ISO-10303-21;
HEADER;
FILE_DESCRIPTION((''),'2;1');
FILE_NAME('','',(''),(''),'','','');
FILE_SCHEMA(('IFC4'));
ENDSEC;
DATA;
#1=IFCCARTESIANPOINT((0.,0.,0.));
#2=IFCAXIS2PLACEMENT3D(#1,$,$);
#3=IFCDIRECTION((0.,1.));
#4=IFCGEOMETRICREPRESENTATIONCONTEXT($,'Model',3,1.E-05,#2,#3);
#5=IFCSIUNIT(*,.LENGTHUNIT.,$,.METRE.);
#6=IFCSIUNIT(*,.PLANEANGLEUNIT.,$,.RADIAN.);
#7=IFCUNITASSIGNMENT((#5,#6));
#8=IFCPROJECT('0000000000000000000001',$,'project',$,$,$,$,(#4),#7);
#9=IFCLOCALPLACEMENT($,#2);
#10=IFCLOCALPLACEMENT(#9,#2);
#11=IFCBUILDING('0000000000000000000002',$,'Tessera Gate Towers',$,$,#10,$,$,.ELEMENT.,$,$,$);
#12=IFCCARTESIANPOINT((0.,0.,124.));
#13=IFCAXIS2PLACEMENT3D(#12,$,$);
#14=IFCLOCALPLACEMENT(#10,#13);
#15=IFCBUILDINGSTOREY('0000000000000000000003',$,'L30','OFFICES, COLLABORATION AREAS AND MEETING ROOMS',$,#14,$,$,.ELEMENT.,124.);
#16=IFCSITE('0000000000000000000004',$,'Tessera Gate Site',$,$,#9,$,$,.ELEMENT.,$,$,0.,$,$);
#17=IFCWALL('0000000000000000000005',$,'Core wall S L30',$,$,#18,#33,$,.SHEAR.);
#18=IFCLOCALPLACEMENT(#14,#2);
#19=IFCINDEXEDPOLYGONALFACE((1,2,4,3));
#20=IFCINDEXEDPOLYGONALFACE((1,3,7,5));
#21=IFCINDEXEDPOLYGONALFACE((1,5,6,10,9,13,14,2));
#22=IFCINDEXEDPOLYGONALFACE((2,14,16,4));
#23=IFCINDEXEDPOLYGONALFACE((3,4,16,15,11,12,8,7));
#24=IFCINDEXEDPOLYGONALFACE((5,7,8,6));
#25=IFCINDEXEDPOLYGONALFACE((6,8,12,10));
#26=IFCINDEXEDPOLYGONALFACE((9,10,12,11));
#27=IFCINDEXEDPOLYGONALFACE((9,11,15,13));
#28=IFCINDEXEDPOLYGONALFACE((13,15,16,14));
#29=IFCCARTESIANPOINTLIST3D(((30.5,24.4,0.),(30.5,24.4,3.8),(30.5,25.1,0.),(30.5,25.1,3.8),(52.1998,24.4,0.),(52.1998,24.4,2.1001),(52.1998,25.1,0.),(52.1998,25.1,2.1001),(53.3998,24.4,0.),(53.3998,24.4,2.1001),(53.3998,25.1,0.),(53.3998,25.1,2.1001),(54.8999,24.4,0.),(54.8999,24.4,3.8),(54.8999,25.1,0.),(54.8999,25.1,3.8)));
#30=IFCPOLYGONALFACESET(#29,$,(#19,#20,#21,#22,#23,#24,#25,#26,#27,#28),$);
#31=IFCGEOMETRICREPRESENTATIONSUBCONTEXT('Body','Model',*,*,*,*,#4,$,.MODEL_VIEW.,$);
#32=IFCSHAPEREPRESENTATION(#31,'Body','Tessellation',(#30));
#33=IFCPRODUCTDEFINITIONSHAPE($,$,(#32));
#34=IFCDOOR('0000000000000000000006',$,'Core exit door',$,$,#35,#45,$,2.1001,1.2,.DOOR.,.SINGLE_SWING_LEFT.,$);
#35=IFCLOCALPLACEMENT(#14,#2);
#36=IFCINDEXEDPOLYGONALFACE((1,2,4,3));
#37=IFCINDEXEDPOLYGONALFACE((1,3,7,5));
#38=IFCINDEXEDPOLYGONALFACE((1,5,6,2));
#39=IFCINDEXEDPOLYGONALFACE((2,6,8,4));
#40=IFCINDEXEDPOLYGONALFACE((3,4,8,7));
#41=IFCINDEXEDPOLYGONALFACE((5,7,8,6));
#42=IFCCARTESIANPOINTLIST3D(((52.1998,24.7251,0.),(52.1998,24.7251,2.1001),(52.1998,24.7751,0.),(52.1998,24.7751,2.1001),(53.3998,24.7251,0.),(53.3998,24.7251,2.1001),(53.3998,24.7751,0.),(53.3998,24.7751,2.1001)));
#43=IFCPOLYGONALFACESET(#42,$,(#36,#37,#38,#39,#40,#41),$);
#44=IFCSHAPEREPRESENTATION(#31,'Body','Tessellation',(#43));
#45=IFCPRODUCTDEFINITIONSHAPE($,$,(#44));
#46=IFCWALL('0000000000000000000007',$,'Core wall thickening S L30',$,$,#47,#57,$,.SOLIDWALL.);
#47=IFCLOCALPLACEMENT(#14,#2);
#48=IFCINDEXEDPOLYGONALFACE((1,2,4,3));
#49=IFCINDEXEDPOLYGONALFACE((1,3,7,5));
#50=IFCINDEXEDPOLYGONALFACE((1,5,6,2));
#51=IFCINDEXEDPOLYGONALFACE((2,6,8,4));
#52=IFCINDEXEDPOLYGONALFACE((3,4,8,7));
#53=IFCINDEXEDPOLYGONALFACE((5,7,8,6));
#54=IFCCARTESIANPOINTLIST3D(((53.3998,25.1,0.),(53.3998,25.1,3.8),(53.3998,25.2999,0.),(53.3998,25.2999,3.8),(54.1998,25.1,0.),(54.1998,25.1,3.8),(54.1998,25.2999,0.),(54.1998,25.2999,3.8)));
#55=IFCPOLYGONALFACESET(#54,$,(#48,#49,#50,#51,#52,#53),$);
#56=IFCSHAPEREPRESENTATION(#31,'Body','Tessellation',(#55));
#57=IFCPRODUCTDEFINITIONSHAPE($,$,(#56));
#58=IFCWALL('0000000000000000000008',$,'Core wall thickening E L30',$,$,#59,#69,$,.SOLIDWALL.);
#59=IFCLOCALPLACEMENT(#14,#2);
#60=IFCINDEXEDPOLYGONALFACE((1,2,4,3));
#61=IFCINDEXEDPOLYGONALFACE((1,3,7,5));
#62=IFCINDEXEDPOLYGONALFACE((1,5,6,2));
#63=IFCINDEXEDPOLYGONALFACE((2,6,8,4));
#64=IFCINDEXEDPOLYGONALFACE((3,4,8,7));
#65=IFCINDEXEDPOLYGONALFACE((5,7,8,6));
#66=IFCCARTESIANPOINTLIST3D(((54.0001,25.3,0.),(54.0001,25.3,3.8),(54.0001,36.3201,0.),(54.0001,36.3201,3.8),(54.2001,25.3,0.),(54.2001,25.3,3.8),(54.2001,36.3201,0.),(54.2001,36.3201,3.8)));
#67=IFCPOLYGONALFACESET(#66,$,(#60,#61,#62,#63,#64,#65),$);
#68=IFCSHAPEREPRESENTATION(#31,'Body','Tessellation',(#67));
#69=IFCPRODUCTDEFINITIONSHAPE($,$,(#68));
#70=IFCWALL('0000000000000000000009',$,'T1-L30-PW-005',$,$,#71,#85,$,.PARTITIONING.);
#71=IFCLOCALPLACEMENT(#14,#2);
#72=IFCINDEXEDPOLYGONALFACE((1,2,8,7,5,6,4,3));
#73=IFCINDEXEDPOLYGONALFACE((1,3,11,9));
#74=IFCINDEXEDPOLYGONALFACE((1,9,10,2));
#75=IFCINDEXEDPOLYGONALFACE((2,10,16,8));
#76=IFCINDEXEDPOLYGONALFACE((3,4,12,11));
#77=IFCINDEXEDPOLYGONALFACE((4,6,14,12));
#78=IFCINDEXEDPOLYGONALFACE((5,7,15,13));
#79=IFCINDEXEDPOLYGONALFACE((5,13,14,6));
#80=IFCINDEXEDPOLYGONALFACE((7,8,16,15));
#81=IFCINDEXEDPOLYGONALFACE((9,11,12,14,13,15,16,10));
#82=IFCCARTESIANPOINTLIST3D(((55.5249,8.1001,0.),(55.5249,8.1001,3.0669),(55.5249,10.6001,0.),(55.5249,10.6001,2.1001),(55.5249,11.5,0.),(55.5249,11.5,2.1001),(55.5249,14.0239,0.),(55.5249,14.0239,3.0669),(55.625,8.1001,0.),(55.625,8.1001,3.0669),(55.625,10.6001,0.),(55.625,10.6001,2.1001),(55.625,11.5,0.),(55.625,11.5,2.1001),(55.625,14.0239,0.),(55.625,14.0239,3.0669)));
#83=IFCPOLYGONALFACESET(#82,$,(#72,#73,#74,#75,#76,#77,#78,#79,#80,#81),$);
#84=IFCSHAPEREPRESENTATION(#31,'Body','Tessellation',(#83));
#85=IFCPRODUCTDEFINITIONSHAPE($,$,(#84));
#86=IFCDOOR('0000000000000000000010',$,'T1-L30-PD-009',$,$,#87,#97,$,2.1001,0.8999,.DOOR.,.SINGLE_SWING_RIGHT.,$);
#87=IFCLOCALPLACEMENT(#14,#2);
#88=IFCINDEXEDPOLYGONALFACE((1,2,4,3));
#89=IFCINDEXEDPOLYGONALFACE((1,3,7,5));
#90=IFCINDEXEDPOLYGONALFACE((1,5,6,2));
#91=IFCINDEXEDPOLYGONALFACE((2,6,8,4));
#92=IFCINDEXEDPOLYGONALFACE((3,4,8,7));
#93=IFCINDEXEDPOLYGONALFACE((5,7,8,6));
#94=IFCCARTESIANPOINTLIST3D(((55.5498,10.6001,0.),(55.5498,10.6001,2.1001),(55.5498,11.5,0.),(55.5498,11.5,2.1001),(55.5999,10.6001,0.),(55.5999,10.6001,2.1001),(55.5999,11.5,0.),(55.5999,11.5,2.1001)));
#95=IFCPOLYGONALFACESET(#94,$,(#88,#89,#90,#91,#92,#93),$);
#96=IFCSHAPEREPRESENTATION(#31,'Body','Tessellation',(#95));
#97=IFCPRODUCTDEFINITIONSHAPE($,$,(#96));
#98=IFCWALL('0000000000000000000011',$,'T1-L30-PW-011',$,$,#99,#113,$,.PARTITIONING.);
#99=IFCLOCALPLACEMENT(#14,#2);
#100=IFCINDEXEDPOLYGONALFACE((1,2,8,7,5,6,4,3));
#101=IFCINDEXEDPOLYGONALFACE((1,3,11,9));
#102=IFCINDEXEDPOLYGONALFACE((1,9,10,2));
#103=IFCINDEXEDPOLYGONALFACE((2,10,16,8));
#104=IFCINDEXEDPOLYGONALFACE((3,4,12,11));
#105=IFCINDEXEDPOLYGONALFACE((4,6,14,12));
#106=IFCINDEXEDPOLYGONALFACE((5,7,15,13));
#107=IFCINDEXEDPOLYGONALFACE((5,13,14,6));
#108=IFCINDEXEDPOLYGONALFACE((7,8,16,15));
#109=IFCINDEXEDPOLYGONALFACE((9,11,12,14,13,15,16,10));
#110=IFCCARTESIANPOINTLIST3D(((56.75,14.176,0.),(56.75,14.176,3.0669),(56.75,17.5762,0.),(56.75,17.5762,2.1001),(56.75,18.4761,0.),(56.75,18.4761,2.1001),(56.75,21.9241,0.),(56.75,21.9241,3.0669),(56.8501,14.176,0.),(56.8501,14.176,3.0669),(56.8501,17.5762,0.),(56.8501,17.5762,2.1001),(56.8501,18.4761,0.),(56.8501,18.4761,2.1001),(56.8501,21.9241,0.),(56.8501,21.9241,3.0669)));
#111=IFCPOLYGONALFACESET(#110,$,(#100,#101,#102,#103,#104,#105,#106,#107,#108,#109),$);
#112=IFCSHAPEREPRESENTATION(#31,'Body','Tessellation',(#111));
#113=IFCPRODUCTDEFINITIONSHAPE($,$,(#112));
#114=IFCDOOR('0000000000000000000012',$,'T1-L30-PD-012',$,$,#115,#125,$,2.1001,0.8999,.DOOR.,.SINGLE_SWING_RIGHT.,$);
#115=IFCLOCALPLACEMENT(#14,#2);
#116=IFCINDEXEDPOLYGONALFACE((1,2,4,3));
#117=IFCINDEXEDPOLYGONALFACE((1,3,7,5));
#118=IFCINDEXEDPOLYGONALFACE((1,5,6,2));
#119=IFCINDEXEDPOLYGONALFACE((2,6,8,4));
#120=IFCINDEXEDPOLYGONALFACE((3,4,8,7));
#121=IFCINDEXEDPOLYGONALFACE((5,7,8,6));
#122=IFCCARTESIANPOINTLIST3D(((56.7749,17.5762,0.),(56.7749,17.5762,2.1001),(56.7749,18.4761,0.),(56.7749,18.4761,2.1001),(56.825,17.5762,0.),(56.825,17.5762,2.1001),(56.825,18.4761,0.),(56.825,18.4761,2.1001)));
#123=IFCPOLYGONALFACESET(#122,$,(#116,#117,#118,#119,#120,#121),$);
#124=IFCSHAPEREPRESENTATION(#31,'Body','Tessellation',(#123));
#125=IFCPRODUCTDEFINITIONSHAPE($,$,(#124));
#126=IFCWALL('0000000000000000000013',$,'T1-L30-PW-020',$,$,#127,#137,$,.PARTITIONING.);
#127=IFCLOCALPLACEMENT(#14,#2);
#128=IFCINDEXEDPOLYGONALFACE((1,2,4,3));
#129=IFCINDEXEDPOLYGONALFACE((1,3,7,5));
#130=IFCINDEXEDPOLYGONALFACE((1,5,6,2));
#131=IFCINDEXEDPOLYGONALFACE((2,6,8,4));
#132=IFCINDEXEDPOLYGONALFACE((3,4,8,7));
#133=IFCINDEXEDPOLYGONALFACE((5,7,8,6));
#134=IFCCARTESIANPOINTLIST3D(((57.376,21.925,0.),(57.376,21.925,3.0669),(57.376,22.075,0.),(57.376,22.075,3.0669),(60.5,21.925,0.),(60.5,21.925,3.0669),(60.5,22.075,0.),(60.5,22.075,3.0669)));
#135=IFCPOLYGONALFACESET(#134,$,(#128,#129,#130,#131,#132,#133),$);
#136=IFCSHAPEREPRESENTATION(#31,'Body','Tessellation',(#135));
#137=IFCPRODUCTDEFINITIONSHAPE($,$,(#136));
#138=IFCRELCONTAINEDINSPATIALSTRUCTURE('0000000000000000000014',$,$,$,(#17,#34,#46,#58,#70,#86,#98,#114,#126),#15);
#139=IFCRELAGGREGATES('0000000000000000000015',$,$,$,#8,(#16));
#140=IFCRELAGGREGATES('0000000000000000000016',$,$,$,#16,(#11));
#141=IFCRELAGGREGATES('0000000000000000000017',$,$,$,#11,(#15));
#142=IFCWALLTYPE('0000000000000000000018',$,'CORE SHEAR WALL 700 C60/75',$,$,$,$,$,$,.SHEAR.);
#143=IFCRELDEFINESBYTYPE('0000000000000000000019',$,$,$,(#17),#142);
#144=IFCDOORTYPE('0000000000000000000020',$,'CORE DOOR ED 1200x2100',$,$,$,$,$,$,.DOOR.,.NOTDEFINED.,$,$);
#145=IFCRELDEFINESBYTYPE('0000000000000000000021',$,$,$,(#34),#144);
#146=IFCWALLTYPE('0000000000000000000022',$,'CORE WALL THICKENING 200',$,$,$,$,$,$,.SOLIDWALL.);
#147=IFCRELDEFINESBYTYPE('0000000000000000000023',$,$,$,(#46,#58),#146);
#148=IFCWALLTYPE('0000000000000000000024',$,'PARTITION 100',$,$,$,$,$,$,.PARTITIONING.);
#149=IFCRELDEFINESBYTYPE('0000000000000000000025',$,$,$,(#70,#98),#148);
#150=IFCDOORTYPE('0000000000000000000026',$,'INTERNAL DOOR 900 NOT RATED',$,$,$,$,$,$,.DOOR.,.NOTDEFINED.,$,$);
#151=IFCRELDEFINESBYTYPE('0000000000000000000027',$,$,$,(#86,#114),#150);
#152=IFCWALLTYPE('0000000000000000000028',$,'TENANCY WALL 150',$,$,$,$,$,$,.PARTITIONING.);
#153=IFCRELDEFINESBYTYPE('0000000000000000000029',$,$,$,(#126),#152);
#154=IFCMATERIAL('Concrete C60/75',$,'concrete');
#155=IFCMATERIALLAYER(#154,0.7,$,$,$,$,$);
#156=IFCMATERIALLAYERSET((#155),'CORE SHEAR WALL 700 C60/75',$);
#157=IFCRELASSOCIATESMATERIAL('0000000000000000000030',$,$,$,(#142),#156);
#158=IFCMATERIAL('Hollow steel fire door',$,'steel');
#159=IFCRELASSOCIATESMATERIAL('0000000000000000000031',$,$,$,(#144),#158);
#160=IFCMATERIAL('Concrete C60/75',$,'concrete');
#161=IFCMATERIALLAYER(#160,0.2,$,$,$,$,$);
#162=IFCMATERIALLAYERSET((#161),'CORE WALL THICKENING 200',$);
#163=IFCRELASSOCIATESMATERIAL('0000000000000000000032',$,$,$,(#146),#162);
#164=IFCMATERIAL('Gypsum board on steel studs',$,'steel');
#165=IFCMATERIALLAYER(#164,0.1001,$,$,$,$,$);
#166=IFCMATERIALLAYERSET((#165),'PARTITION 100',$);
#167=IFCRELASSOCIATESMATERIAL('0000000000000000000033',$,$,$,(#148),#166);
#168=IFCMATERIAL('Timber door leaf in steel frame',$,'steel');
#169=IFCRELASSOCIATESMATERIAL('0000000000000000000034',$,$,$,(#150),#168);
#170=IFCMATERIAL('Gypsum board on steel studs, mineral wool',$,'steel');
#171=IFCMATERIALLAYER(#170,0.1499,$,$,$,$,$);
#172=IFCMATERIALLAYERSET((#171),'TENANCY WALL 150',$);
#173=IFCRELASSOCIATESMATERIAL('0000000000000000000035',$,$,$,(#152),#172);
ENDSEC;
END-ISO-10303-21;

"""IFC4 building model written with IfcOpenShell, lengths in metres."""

from ifc_helpers import new_model, si_unit, direction, frame, frame_2d, origin, place, context, subcontext, project, spatial, rectangle, extrude, source, transform, mapped, material, layer, layer_set, type_object, element, fill, save


model = new_model("IFC4")

# Units and contexts
model_context = context("Model", 3, precision=1e-05, world=origin(), true_north=direction((0.0, 1.0)))
body_context = subcontext(model_context, "Body", "Model", "MODEL_VIEW")
ifc_project = project(units=[si_unit("LENGTHUNIT", "METRE"), si_unit("PLANEANGLEUNIT", "RADIAN")], contexts=[model_context])

# Site, building, storey
site_placement = place(None, origin())
site = spatial("IfcSite", under=ifc_project, at=site_placement, Name="Tessera Gate Site", CompositionType="ELEMENT", RefElevation=0.0)
building_placement = place(site_placement, origin())
building = spatial("IfcBuilding", under=site, at=building_placement, Name="Tessera Gate Towers", CompositionType="ELEMENT")
storey_placement = place(building_placement, frame((0.0, 0.0, 124.0)))
storey = spatial("IfcBuildingStorey", under=building, at=storey_placement, Name="L30", Description="OFFICES, COLLABORATION AREAS AND MEETING ROOMS", CompositionType="ELEMENT", Elevation=124.0)

# Wall, opening, door
shared_shape_1 = source(origin(), body_context, "Body", "SweptSolid", [
    extrude(rectangle(XDim=1.2, YDim=2.1001, at=frame_2d((0.6001, 1.05))), frame((0.0, 0.0249, 0.0), z_axis=(0.0, -1.0, 0.0), x_axis=(1.0, 0.0, 0.0)), (0.0, 0.0, 1.0), 0.05),
])
ifc_material_1 = material(Name="Concrete C60/75", Category="concrete")
ifc_layer_1 = layer(ifc_material_1, 0.7)
ifc_layer_set_1 = layer_set([ifc_layer_1], Name="CORE SHEAR WALL 700 C60/75")
wall_type_1 = type_object("IfcWallType", Name="CORE SHEAR WALL 700 C60/75", PredefinedType="SHEAR", material=ifc_layer_set_1)
wall_1_placement = place(storey_placement, frame((54.8999, 24.75, 0.0), z_axis=(0.0, 0.0, 1.0), x_axis=(-1.0, 0.0, 0.0)))
wall_1 = element("IfcWall", 1, at=wall_1_placement, inside=storey, type_object=wall_type_1, Name="Core wall S L30", PredefinedType="SHEAR", context=body_context, shape_type="SweptSolid", body=[
    extrude(rectangle(XDim=24.3999, YDim=0.7, at=frame_2d((12.2, 0.0))), origin(), (0.0, 0.0, 1.0), 3.8),
])
shared_shape_2 = source(origin(), body_context, "Body", "SweptSolid", [
    extrude(rectangle(XDim=1.2, YDim=2.1001, at=frame_2d((0.6001, 1.05))), frame((0.0, 0.3599, 0.0), z_axis=(0.0, -1.0, 0.0), x_axis=(1.0, 0.0, 0.0)), (0.0, 0.0, 1.0), 0.72),
])
opening_1_placement = place(wall_1_placement, frame((1.5, 0.0, 0.0)))
opening_1 = element("IfcOpeningElement", 2, at=opening_1_placement, cuts=wall_1, PredefinedType="OPENING", context=body_context, shape_type="MappedRepresentation", body=[
    mapped(shared_shape_2, transform((0.0, 0.0, 0.0), scale=1.0)),
])
ifc_material_2 = material(Name="Hollow steel fire door", Category="steel")
door_type_1 = type_object("IfcDoorType", Name="CORE DOOR ED 1200x2100", OperationType="NOTDEFINED", PredefinedType="DOOR", material=ifc_material_2)
door_1_placement = place(opening_1_placement, origin())
door_1 = element("IfcDoor", 3, at=door_1_placement, inside=storey, type_object=door_type_1, Name="Core exit door", OperationType="SINGLE_SWING_LEFT", OverallHeight=2.1001, OverallWidth=1.2, PredefinedType="DOOR", context=body_context, shape_type="MappedRepresentation", body=[
    mapped(shared_shape_1, transform((0.0, 0.0, 0.0), scale=1.0)),
])
fill(opening_1, door_1)

# Walls
ifc_material_3 = material(Name="Concrete C60/75", Category="concrete")
ifc_layer_2 = layer(ifc_material_3, 0.2)
ifc_layer_set_2 = layer_set([ifc_layer_2], Name="CORE WALL THICKENING 200")
wall_type_2 = type_object("IfcWallType", Name="CORE WALL THICKENING 200", PredefinedType="SOLIDWALL", material=ifc_layer_set_2)
wall_2_placement = place(storey_placement, frame((53.3999, 25.2, 0.0), z_axis=(0.0, 0.0, 1.0), x_axis=(1.0, 0.0, 0.0)))
element("IfcWall", 4, at=wall_2_placement, inside=storey, type_object=wall_type_2, Name="Core wall thickening S L30", PredefinedType="SOLIDWALL", context=body_context, shape_type="SweptSolid", body=[
    extrude(rectangle(XDim=0.8, YDim=0.2, at=frame_2d((0.3999, 0.0))), origin(), (0.0, 0.0, 1.0), 3.8),
])
wall_3_placement = place(storey_placement, frame((54.1001, 25.3, 0.0), z_axis=(0.0, 0.0, 1.0), x_axis=(0.0, 1.0, 0.0)))
element("IfcWall", 5, at=wall_3_placement, inside=storey, type_object=wall_type_2, Name="Core wall thickening E L30", PredefinedType="SOLIDWALL", context=body_context, shape_type="SweptSolid", body=[
    extrude(rectangle(XDim=11.02, YDim=0.2, at=frame_2d((5.51, 0.0))), origin(), (0.0, 0.0, 1.0), 3.8),
])

# Walls, openings, doors
ifc_material_4 = material(Name="Gypsum board on steel studs", Category="steel")
ifc_layer_3 = layer(ifc_material_4, 0.1001)
ifc_layer_set_3 = layer_set([ifc_layer_3], Name="PARTITION 100")
wall_type_3 = type_object("IfcWallType", Name="PARTITION 100", PredefinedType="PARTITIONING", material=ifc_layer_set_3)
wall_4_placement = place(storey_placement, frame((55.575, 14.0239, 0.0), z_axis=(0.0, 0.0, 1.0), x_axis=(0.0, -1.0, 0.0)))
wall_4 = element("IfcWall", 6, at=wall_4_placement, inside=storey, type_object=wall_type_3, Name="T1-L30-PW-005", PredefinedType="PARTITIONING", context=body_context, shape_type="SweptSolid", body=[
    extrude(rectangle(XDim=5.9238, YDim=0.1001, at=frame_2d((2.9619, 0.0))), origin(), (0.0, 0.0, 1.0), 3.0669),
])
shared_shape_3 = source(origin(), body_context, "Body", "SweptSolid", [
    extrude(rectangle(XDim=0.8999, YDim=2.1001, at=frame_2d((0.45, 1.05))), frame((0.0, 0.0601, 0.0), z_axis=(0.0, -1.0, 0.0), x_axis=(1.0, 0.0, 0.0)), (0.0, 0.0, 1.0), 0.1201),
])
opening_2_placement = place(wall_4_placement, frame((2.5239, 0.0, 0.0)))
opening_2 = element("IfcOpeningElement", 7, at=opening_2_placement, cuts=wall_4, PredefinedType="OPENING", context=body_context, shape_type="MappedRepresentation", body=[
    mapped(shared_shape_3, transform((0.0, 0.0, 0.0), scale=1.0)),
])
ifc_material_5 = material(Name="Timber door leaf in steel frame", Category="steel")
door_type_2 = type_object("IfcDoorType", Name="INTERNAL DOOR 900 NOT RATED", OperationType="NOTDEFINED", PredefinedType="DOOR", material=ifc_material_5)
shared_shape_4 = source(origin(), body_context, "Body", "SweptSolid", [
    extrude(rectangle(XDim=0.8999, YDim=2.1001, at=frame_2d((0.45, 1.05))), frame((0.0, 0.0249, 0.0), z_axis=(0.0, -1.0, 0.0), x_axis=(1.0, 0.0, 0.0)), (0.0, 0.0, 1.0), 0.05),
])
door_2_placement = place(opening_2_placement, origin())
door_2 = element("IfcDoor", 8, at=door_2_placement, inside=storey, type_object=door_type_2, Name="T1-L30-PD-009", OperationType="SINGLE_SWING_RIGHT", OverallHeight=2.1001, OverallWidth=0.8999, PredefinedType="DOOR", context=body_context, shape_type="MappedRepresentation", body=[
    mapped(shared_shape_4, transform((0.0, 0.0, 0.0), scale=1.0)),
])
fill(opening_2, door_2)
wall_5_placement = place(storey_placement, frame((56.8, 21.9241, 0.0), z_axis=(0.0, 0.0, 1.0), x_axis=(0.0, -1.0, 0.0)))
wall_5 = element("IfcWall", 9, at=wall_5_placement, inside=storey, type_object=wall_type_3, Name="T1-L30-PW-011", PredefinedType="PARTITIONING", context=body_context, shape_type="SweptSolid", body=[
    extrude(rectangle(XDim=7.748, YDim=0.1001, at=frame_2d((3.874, 0.0))), origin(), (0.0, 0.0, 1.0), 3.0669),
])
opening_3_placement = place(wall_5_placement, frame((3.448, 0.0, 0.0)))
opening_3 = element("IfcOpeningElement", 10, at=opening_3_placement, cuts=wall_5, PredefinedType="OPENING", context=body_context, shape_type="MappedRepresentation", body=[
    mapped(shared_shape_3, transform((0.0, 0.0, 0.0), scale=1.0)),
])
door_3_placement = place(opening_3_placement, origin())
door_3 = element("IfcDoor", 11, at=door_3_placement, inside=storey, type_object=door_type_2, Name="T1-L30-PD-012", OperationType="SINGLE_SWING_RIGHT", OverallHeight=2.1001, OverallWidth=0.8999, PredefinedType="DOOR", context=body_context, shape_type="MappedRepresentation", body=[
    mapped(shared_shape_4, transform((0.0, 0.0, 0.0), scale=1.0)),
])
fill(opening_3, door_3)

# Wall
ifc_material_6 = material(Name="Gypsum board on steel studs, mineral wool", Category="steel")
ifc_layer_4 = layer(ifc_material_6, 0.1499)
ifc_layer_set_4 = layer_set([ifc_layer_4], Name="TENANCY WALL 150")
wall_type_4 = type_object("IfcWallType", Name="TENANCY WALL 150", PredefinedType="PARTITIONING", material=ifc_layer_set_4)
wall_6_placement = place(storey_placement, frame((57.376, 22.0, 0.0), z_axis=(0.0, 0.0, 1.0), x_axis=(1.0, 0.0, 0.0)))
element("IfcWall", 12, at=wall_6_placement, inside=storey, type_object=wall_type_4, Name="T1-L30-PW-020", PredefinedType="PARTITIONING", context=body_context, shape_type="SweptSolid", body=[
    extrude(rectangle(XDim=3.124, YDim=0.1499, at=frame_2d((1.562, 0.0))), origin(), (0.0, 0.0, 1.0), 3.0669),
])

save(model, "model.ifc")
